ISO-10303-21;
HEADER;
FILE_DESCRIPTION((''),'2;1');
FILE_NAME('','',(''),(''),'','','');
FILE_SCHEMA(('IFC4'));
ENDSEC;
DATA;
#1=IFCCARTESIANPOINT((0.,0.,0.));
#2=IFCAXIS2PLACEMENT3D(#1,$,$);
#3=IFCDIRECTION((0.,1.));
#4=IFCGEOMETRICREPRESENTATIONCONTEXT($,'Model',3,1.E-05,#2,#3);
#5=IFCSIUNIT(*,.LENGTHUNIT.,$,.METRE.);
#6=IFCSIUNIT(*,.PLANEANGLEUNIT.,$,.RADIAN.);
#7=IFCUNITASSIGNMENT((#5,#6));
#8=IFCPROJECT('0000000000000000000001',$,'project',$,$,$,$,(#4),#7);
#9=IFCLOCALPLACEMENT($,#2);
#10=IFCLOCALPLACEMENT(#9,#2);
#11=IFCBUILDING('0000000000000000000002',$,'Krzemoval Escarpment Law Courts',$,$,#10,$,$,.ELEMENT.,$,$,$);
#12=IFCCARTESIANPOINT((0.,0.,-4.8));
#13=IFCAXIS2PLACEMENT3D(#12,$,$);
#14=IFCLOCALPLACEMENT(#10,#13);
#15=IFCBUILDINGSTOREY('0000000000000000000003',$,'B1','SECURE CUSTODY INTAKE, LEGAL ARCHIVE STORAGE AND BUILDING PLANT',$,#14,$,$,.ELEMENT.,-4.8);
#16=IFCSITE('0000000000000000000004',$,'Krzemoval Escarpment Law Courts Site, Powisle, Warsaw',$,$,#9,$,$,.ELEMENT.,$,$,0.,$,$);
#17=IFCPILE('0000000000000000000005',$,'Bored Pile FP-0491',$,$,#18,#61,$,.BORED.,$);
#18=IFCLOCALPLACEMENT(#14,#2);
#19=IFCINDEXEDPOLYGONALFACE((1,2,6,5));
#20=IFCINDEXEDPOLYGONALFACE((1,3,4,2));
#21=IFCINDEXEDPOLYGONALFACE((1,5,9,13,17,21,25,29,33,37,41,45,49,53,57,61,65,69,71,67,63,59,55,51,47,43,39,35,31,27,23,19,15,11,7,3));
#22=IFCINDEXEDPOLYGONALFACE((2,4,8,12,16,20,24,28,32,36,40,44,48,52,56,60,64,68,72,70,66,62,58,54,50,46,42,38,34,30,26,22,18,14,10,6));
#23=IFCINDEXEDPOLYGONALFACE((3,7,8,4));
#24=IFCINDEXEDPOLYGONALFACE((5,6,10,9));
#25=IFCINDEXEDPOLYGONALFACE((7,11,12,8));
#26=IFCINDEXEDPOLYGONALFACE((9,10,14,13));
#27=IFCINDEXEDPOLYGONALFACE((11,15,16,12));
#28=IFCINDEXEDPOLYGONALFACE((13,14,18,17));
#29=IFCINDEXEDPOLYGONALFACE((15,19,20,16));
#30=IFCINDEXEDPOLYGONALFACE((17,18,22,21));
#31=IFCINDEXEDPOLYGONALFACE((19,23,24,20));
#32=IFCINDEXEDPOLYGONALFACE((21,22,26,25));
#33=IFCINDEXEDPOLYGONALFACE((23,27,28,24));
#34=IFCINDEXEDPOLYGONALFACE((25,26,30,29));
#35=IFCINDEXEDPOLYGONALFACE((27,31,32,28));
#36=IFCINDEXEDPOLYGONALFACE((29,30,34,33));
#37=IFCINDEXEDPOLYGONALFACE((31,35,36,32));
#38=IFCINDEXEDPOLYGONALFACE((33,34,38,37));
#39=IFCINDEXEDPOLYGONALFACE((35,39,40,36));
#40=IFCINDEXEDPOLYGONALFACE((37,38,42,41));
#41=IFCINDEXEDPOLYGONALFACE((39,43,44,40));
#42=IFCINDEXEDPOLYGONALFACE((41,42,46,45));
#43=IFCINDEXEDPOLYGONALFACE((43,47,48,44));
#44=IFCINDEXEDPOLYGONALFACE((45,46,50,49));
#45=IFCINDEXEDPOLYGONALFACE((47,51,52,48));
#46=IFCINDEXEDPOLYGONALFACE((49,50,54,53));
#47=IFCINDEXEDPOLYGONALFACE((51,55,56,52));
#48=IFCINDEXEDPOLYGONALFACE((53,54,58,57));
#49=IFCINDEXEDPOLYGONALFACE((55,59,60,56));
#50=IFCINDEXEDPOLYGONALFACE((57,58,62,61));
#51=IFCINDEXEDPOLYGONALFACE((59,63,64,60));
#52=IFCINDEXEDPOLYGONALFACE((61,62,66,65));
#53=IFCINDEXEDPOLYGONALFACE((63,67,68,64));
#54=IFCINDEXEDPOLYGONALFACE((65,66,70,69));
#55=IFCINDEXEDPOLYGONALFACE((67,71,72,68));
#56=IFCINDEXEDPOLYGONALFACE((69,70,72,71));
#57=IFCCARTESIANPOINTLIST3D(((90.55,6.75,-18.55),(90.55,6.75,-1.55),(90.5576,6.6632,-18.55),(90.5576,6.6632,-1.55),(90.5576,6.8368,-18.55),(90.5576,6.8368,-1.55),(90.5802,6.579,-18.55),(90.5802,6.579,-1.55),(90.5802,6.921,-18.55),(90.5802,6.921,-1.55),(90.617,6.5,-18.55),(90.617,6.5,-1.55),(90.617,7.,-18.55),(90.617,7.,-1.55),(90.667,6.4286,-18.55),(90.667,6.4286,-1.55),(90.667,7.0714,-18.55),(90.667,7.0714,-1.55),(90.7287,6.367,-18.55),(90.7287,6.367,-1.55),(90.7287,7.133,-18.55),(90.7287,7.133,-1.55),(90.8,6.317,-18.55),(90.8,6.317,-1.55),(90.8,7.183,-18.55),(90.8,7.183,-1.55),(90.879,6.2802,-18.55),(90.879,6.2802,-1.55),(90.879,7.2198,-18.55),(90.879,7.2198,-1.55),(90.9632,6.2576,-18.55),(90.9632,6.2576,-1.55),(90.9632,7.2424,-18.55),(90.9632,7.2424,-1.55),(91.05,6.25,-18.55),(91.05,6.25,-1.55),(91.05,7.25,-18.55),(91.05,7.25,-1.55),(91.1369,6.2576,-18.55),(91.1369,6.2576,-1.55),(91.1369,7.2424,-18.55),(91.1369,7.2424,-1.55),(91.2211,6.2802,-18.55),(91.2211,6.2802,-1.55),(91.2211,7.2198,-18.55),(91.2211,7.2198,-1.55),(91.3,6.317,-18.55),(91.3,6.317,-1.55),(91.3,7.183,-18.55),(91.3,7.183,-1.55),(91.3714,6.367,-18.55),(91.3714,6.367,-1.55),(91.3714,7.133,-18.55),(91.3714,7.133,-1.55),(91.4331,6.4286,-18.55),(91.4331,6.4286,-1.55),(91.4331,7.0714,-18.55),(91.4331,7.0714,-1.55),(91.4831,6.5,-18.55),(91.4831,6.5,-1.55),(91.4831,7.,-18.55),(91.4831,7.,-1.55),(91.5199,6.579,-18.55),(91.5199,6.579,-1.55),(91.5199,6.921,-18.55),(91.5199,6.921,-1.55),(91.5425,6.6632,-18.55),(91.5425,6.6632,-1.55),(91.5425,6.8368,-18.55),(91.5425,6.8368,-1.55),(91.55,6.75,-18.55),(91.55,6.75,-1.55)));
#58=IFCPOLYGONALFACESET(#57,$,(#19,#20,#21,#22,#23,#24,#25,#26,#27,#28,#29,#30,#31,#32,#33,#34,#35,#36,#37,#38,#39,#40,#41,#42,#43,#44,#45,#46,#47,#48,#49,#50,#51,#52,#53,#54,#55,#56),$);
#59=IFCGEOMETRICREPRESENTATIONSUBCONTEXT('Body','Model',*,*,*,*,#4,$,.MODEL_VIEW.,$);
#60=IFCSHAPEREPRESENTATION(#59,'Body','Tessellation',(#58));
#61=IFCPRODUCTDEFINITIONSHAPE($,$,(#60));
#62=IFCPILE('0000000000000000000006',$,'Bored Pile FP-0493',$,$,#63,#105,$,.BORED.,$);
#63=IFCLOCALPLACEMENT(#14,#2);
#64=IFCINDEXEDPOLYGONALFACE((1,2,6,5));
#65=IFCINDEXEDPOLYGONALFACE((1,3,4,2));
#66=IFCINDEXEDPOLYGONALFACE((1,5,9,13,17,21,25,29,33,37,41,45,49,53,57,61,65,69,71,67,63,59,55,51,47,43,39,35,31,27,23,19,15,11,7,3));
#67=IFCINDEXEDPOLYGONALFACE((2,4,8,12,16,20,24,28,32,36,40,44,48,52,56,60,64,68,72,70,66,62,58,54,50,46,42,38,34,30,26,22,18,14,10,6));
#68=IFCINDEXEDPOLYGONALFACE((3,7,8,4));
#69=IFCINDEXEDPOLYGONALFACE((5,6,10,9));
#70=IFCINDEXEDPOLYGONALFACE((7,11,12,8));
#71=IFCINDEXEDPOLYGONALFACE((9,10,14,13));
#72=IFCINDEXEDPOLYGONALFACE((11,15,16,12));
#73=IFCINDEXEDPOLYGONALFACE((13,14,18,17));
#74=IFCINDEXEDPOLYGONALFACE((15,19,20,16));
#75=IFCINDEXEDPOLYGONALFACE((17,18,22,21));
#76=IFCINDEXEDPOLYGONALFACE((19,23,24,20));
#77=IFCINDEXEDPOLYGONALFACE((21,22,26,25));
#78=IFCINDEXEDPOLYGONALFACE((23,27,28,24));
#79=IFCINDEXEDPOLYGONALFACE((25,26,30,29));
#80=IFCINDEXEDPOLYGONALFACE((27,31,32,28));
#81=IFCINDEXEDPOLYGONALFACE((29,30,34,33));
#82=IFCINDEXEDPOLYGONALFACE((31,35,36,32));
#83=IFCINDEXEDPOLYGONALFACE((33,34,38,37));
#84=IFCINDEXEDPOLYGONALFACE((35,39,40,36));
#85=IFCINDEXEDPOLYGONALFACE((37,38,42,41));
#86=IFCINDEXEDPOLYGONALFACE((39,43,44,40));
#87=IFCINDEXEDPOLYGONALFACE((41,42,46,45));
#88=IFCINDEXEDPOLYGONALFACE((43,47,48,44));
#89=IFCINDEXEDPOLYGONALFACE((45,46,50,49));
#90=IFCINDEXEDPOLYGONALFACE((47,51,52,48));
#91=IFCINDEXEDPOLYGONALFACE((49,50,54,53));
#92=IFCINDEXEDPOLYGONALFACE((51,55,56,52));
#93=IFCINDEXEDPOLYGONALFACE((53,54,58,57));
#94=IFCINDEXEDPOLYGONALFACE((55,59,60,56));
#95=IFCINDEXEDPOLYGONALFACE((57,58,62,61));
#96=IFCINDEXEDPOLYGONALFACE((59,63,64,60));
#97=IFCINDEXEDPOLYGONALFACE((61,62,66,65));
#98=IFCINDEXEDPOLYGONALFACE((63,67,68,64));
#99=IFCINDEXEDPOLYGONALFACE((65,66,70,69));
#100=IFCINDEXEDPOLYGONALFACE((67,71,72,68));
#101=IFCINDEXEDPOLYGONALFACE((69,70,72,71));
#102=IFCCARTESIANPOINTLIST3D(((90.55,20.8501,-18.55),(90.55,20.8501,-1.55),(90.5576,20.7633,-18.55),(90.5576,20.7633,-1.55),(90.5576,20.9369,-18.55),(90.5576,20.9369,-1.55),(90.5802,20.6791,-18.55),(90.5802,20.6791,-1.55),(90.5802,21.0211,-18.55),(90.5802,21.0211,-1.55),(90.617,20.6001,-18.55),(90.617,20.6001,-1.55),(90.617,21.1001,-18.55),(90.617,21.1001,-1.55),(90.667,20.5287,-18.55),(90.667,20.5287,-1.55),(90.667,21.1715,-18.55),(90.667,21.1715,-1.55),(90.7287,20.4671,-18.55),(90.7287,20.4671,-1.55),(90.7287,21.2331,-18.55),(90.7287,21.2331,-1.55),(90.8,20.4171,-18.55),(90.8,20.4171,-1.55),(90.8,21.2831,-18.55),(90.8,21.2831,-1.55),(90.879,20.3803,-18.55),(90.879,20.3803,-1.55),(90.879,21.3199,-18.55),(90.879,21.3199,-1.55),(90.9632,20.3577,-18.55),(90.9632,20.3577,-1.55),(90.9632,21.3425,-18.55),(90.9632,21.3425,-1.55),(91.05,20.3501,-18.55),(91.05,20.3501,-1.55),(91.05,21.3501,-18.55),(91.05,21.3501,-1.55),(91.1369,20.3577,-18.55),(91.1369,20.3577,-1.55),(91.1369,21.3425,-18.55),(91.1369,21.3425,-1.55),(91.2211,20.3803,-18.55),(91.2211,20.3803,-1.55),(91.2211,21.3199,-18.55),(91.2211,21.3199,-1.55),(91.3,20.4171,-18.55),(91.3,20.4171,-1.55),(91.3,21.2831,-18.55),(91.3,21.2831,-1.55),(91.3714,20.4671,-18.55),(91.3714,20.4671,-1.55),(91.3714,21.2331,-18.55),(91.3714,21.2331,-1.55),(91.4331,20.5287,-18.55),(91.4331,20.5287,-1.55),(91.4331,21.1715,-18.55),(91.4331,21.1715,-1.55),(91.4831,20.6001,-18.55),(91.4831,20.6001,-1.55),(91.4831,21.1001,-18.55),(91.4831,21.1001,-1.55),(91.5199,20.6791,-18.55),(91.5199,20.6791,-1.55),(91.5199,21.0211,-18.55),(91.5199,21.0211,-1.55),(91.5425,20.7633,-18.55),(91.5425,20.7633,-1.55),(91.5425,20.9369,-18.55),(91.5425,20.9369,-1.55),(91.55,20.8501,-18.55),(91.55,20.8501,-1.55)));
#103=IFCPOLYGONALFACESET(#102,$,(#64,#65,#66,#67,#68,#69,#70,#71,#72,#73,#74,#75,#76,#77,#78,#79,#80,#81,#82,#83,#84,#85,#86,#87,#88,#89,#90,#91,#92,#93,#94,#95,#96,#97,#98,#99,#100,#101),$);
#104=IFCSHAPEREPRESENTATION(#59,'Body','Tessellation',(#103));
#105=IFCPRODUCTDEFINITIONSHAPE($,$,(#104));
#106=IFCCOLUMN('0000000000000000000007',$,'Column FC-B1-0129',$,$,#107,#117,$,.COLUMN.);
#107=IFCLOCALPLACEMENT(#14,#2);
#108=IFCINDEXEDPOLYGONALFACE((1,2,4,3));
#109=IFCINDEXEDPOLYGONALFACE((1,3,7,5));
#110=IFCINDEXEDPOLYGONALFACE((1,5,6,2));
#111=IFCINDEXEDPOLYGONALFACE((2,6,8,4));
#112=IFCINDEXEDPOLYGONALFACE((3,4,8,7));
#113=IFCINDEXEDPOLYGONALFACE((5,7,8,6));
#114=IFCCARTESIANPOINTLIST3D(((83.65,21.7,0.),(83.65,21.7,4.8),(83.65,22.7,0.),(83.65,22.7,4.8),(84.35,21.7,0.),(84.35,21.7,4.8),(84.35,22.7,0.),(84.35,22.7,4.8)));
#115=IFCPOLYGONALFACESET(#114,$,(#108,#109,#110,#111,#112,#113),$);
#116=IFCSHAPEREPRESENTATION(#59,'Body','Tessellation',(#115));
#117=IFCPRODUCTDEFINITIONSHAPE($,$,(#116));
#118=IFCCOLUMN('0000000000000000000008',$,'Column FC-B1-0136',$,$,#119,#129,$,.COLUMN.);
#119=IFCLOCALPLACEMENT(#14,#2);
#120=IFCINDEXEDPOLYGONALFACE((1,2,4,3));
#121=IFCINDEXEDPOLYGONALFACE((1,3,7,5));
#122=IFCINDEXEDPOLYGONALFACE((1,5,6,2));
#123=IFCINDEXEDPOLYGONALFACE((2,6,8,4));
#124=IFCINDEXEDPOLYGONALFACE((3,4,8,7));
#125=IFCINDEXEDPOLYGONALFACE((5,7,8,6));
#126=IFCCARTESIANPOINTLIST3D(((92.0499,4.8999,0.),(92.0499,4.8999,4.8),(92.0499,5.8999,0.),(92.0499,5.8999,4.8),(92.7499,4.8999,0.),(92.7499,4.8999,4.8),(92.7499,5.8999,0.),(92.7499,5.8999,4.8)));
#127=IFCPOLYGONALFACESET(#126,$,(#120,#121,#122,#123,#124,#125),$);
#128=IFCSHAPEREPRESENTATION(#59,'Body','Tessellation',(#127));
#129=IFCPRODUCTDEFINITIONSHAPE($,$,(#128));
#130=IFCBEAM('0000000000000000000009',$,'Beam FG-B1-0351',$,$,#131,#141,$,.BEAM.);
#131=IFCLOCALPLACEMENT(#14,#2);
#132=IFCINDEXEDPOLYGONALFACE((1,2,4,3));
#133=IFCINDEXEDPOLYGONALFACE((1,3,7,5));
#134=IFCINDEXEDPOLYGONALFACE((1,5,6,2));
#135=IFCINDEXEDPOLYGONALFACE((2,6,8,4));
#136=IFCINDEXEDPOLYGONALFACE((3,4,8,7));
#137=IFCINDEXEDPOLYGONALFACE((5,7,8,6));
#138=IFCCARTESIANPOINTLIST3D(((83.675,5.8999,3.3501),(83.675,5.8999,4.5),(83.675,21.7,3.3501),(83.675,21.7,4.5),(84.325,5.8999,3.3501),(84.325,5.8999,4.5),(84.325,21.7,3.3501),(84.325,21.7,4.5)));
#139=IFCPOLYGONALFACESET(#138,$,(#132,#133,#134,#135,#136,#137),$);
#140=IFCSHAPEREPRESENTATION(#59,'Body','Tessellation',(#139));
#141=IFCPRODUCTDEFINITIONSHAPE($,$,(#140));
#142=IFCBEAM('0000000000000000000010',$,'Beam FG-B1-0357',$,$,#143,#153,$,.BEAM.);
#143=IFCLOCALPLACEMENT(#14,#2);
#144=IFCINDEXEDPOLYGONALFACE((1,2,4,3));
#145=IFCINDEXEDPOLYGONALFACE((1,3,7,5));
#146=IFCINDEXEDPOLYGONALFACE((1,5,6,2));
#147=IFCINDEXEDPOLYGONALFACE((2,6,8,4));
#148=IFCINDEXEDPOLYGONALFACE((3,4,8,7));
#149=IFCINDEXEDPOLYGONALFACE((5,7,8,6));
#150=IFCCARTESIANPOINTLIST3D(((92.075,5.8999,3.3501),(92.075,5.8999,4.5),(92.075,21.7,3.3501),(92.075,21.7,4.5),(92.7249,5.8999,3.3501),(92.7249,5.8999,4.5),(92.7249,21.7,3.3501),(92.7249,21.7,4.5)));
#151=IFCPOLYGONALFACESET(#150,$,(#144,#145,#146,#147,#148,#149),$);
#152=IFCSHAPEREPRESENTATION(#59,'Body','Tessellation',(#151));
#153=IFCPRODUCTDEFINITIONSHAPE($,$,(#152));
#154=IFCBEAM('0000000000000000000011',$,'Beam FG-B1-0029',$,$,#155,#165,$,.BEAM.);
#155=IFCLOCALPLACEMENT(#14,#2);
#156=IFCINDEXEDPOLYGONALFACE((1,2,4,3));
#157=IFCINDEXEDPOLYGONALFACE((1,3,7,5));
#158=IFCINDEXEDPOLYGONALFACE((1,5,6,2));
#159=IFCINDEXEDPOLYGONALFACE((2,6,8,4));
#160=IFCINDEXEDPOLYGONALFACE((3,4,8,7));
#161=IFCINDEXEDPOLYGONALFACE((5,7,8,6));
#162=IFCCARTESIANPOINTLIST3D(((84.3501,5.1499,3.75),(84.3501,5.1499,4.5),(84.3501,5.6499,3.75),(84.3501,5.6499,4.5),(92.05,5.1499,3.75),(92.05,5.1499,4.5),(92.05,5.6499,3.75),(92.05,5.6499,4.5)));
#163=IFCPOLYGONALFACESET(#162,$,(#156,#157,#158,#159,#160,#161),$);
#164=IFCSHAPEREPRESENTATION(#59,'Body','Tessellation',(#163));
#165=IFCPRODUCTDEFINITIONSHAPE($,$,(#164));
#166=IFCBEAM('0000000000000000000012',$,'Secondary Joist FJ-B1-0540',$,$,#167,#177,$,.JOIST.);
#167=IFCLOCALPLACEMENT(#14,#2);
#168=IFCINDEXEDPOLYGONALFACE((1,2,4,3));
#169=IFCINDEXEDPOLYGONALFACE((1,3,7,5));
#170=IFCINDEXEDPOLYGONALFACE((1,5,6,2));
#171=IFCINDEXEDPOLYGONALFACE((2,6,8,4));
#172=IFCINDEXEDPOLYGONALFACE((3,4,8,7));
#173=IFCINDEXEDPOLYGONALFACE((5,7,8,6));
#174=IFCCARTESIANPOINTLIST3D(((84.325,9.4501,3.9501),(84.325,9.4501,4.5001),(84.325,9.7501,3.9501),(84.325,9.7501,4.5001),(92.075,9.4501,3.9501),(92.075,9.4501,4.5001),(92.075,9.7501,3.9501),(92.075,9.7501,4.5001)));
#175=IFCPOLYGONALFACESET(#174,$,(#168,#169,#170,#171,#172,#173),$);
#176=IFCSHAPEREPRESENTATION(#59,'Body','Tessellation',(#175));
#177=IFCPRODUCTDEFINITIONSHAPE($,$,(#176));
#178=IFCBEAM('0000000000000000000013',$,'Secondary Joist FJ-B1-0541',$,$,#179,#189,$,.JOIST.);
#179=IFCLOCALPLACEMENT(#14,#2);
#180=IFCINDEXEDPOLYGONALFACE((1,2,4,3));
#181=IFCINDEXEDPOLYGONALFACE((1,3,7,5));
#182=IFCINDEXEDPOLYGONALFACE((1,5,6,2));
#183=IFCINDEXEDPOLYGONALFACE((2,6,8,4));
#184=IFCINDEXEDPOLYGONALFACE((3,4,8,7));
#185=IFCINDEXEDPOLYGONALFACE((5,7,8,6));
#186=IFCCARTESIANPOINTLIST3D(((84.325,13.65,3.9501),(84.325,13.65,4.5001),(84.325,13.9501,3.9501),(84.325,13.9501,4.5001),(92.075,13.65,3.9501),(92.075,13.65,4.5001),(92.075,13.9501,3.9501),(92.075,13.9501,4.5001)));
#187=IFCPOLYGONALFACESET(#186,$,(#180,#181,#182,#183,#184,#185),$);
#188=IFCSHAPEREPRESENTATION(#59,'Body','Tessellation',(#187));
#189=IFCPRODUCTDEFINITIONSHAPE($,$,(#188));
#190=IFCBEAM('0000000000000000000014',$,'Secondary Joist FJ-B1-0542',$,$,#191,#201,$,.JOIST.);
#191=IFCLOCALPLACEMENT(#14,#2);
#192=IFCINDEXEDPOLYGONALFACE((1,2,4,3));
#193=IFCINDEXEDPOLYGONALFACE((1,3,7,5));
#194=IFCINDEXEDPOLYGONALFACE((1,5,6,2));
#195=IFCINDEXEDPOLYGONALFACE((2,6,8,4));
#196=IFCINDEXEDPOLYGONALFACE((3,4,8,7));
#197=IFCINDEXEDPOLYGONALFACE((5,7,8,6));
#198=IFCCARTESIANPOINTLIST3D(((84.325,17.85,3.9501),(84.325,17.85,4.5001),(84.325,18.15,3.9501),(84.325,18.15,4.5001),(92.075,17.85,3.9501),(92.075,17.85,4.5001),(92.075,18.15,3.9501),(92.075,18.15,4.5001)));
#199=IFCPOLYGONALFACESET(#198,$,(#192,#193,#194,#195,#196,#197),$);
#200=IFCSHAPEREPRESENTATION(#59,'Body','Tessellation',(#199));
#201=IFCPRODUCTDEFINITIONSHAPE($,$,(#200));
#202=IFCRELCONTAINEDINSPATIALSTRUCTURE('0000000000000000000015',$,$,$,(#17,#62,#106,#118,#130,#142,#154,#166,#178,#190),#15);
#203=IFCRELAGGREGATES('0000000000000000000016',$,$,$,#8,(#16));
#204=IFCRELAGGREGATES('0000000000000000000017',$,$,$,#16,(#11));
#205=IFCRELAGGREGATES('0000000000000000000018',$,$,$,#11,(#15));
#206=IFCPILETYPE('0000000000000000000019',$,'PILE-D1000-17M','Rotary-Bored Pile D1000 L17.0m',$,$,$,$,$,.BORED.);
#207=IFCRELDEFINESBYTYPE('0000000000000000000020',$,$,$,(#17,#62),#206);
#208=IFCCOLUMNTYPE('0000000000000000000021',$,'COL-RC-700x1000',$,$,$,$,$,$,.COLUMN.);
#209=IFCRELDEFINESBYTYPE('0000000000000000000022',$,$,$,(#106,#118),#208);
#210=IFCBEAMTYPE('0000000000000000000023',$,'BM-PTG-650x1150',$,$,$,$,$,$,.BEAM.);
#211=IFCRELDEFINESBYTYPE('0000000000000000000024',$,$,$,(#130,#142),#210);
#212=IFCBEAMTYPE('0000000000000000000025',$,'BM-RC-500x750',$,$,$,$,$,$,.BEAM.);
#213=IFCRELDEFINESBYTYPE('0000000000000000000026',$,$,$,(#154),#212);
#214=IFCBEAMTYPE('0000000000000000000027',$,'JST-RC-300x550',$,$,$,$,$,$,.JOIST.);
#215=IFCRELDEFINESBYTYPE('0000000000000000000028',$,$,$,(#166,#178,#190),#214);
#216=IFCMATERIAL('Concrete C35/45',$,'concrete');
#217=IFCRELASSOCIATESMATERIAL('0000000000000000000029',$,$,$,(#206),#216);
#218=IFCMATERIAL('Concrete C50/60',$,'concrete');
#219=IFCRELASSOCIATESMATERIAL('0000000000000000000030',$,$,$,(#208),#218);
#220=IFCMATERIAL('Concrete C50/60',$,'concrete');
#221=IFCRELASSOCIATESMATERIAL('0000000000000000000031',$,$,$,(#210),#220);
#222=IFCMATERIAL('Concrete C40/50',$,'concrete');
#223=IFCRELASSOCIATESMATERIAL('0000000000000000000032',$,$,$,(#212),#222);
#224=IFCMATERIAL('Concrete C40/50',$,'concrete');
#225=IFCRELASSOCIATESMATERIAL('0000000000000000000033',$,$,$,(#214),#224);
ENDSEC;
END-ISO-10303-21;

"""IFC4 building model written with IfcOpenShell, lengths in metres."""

from ifc_helpers import new_model, si_unit, direction, frame, origin, origin_2d, place, context, subcontext, project, spatial, rectangle, circle, extrude, material, material_profile, profile_set, type_object, element, save


model = new_model("IFC4")

# Units and contexts
model_context = context("Model", 3, precision=1e-05, world=origin(), true_north=direction((0.0, 1.0)))
body_context = subcontext(model_context, "Body", "Model", "MODEL_VIEW")
ifc_project = project(units=[si_unit("LENGTHUNIT", "METRE"), si_unit("PLANEANGLEUNIT", "RADIAN")], contexts=[model_context])

# Site, building, storey
site_placement = place(None, origin())
site = spatial("IfcSite", under=ifc_project, at=site_placement, Name="Krzemoval Escarpment Law Courts Site, Powisle, Warsaw", CompositionType="ELEMENT", RefElevation=0.0)
building_placement = place(site_placement, origin())
building = spatial("IfcBuilding", under=site, at=building_placement, Name="Krzemoval Escarpment Law Courts", CompositionType="ELEMENT")
storey_placement = place(building_placement, frame((0.0, 0.0, -4.8)))
storey = spatial("IfcBuildingStorey", under=building, at=storey_placement, Name="B1", Description="SECURE CUSTODY INTAKE, LEGAL ARCHIVE STORAGE AND BUILDING PLANT", CompositionType="ELEMENT", Elevation=-4.8)

# Piles
ifc_material_1 = material(Name="Concrete C35/45", Category="concrete")
ifc_material_profile_1 = material_profile(ifc_material_1, circle(Radius=0.5, at=origin_2d()), Name="PILE D1000")
ifc_profile_set_1 = profile_set([ifc_material_profile_1], Name="Concrete C35/45")
pile_type = type_object("IfcPileType", Name="PILE-D1000-17M", Description="Rotary-Bored Pile D1000 L17.0m", PredefinedType="BORED", material=ifc_profile_set_1)
for number, where, z_axis, x_axis, name in (
    (1, (91.05, 6.75, -1.55), (0.0, 0.0, -1.0), (1.0, 0.0, 0.0), "Bored Pile FP-0491"),
    (2, (91.05, 20.8501, -1.55), (0.0, 0.0, -1.0), (1.0, 0.0, 0.0), "Bored Pile FP-0493"),
):
    element("IfcPile", number, at=place(storey_placement, frame(where, z_axis=z_axis, x_axis=x_axis)), inside=storey, type_object=pile_type, Name=name, PredefinedType="BORED", context=body_context, shape_type="SweptSolid", body=[
        extrude(circle(Radius=0.5, at=origin_2d()), origin(), (0.0, 0.0, 1.0), 17.0),
    ])

# Columns
ifc_material_2 = material(Name="Concrete C50/60", Category="concrete")
ifc_material_profile_2 = material_profile(ifc_material_2, rectangle(XDim=0.7, YDim=1.0, at=origin_2d()), Name="RC 700x1000")
ifc_profile_set_2 = profile_set([ifc_material_profile_2], Name="Concrete C50/60")
column_type = type_object("IfcColumnType", Name="COL-RC-700x1000", PredefinedType="COLUMN", material=ifc_profile_set_2)
for number, where, z_axis, x_axis, name in (
    (3, (84.0, 22.2, 0.0), (0.0, 0.0, 1.0), (1.0, 0.0, 0.0), "Column FC-B1-0129"),
    (4, (92.3999, 5.3999, 0.0), (0.0, 0.0, 1.0), (1.0, 0.0, 0.0), "Column FC-B1-0136"),
):
    element("IfcColumn", number, at=place(storey_placement, frame(where, z_axis=z_axis, x_axis=x_axis)), inside=storey, type_object=column_type, Name=name, PredefinedType="COLUMN", context=body_context, shape_type="SweptSolid", body=[
        extrude(rectangle(XDim=0.7, YDim=1.0, at=origin_2d()), origin(), (0.0, 0.0, 1.0), 4.8),
    ])

# Beams
ifc_material_3 = material(Name="Concrete C50/60", Category="concrete")
ifc_material_profile_3 = material_profile(ifc_material_3, rectangle(XDim=0.6499, YDim=1.1499, at=origin_2d()), Name="PTG 650x1150")
ifc_profile_set_3 = profile_set([ifc_material_profile_3], Name="Concrete C50/60")
beam_type_1 = type_object("IfcBeamType", Name="BM-PTG-650x1150", PredefinedType="BEAM", material=ifc_profile_set_3)
for number, where, z_axis, x_axis, name in (
    (5, (84.0, 5.8999, 3.925), (0.0, 1.0, 0.0), (-1.0, 0.0, 0.0), "Beam FG-B1-0351"),
    (6, (92.3999, 5.8999, 3.925), (0.0, 1.0, 0.0), (-1.0, 0.0, 0.0), "Beam FG-B1-0357"),
):
    element("IfcBeam", number, at=place(storey_placement, frame(where, z_axis=z_axis, x_axis=x_axis)), inside=storey, type_object=beam_type_1, Name=name, PredefinedType="BEAM", context=body_context, shape_type="SweptSolid", body=[
        extrude(rectangle(XDim=0.6499, YDim=1.1499, at=origin_2d()), origin(), (0.0, 0.0, 1.0), 15.8),
    ])
ifc_material_4 = material(Name="Concrete C40/50", Category="concrete")
ifc_material_profile_4 = material_profile(ifc_material_4, rectangle(XDim=0.5, YDim=0.75, at=origin_2d()), Name="RCB 500x750")
ifc_profile_set_4 = profile_set([ifc_material_profile_4], Name="Concrete C40/50")
beam_type_2 = type_object("IfcBeamType", Name="BM-RC-500x750", PredefinedType="BEAM", material=ifc_profile_set_4)
beam_placement = place(storey_placement, frame((84.3501, 5.3999, 4.125), z_axis=(1.0, 0.0, 0.0), x_axis=(0.0, 1.0, 0.0)))
element("IfcBeam", 7, at=beam_placement, inside=storey, type_object=beam_type_2, Name="Beam FG-B1-0029", PredefinedType="BEAM", context=body_context, shape_type="SweptSolid", body=[
    extrude(rectangle(XDim=0.5, YDim=0.75, at=origin_2d()), origin(), (0.0, 0.0, 1.0), 7.7),
])
ifc_material_5 = material(Name="Concrete C40/50", Category="concrete")
ifc_material_profile_5 = material_profile(ifc_material_5, rectangle(XDim=0.3, YDim=0.55, at=origin_2d()), Name="RCB 300x550")
ifc_profile_set_5 = profile_set([ifc_material_profile_5], Name="Concrete C40/50")
beam_type_3 = type_object("IfcBeamType", Name="JST-RC-300x550", PredefinedType="JOIST", material=ifc_profile_set_5)
for number, where, z_axis, x_axis, name in (
    (8, (84.325, 9.6001, 4.2251), (1.0, 0.0, 0.0), (0.0, 1.0, 0.0), "Secondary Joist FJ-B1-0540"),
    (9, (84.325, 13.8, 4.2251), (1.0, 0.0, 0.0), (0.0, 1.0, 0.0), "Secondary Joist FJ-B1-0541"),
    (10, (84.325, 18.0, 4.2251), (1.0, 0.0, 0.0), (0.0, 1.0, 0.0), "Secondary Joist FJ-B1-0542"),
):
    element("IfcBeam", number, at=place(storey_placement, frame(where, z_axis=z_axis, x_axis=x_axis)), inside=storey, type_object=beam_type_3, Name=name, PredefinedType="JOIST", context=body_context, shape_type="SweptSolid", body=[
        extrude(rectangle(XDim=0.3, YDim=0.55, at=origin_2d()), origin(), (0.0, 0.0, 1.0), 7.75),
    ])

save(model, "model.ifc")
